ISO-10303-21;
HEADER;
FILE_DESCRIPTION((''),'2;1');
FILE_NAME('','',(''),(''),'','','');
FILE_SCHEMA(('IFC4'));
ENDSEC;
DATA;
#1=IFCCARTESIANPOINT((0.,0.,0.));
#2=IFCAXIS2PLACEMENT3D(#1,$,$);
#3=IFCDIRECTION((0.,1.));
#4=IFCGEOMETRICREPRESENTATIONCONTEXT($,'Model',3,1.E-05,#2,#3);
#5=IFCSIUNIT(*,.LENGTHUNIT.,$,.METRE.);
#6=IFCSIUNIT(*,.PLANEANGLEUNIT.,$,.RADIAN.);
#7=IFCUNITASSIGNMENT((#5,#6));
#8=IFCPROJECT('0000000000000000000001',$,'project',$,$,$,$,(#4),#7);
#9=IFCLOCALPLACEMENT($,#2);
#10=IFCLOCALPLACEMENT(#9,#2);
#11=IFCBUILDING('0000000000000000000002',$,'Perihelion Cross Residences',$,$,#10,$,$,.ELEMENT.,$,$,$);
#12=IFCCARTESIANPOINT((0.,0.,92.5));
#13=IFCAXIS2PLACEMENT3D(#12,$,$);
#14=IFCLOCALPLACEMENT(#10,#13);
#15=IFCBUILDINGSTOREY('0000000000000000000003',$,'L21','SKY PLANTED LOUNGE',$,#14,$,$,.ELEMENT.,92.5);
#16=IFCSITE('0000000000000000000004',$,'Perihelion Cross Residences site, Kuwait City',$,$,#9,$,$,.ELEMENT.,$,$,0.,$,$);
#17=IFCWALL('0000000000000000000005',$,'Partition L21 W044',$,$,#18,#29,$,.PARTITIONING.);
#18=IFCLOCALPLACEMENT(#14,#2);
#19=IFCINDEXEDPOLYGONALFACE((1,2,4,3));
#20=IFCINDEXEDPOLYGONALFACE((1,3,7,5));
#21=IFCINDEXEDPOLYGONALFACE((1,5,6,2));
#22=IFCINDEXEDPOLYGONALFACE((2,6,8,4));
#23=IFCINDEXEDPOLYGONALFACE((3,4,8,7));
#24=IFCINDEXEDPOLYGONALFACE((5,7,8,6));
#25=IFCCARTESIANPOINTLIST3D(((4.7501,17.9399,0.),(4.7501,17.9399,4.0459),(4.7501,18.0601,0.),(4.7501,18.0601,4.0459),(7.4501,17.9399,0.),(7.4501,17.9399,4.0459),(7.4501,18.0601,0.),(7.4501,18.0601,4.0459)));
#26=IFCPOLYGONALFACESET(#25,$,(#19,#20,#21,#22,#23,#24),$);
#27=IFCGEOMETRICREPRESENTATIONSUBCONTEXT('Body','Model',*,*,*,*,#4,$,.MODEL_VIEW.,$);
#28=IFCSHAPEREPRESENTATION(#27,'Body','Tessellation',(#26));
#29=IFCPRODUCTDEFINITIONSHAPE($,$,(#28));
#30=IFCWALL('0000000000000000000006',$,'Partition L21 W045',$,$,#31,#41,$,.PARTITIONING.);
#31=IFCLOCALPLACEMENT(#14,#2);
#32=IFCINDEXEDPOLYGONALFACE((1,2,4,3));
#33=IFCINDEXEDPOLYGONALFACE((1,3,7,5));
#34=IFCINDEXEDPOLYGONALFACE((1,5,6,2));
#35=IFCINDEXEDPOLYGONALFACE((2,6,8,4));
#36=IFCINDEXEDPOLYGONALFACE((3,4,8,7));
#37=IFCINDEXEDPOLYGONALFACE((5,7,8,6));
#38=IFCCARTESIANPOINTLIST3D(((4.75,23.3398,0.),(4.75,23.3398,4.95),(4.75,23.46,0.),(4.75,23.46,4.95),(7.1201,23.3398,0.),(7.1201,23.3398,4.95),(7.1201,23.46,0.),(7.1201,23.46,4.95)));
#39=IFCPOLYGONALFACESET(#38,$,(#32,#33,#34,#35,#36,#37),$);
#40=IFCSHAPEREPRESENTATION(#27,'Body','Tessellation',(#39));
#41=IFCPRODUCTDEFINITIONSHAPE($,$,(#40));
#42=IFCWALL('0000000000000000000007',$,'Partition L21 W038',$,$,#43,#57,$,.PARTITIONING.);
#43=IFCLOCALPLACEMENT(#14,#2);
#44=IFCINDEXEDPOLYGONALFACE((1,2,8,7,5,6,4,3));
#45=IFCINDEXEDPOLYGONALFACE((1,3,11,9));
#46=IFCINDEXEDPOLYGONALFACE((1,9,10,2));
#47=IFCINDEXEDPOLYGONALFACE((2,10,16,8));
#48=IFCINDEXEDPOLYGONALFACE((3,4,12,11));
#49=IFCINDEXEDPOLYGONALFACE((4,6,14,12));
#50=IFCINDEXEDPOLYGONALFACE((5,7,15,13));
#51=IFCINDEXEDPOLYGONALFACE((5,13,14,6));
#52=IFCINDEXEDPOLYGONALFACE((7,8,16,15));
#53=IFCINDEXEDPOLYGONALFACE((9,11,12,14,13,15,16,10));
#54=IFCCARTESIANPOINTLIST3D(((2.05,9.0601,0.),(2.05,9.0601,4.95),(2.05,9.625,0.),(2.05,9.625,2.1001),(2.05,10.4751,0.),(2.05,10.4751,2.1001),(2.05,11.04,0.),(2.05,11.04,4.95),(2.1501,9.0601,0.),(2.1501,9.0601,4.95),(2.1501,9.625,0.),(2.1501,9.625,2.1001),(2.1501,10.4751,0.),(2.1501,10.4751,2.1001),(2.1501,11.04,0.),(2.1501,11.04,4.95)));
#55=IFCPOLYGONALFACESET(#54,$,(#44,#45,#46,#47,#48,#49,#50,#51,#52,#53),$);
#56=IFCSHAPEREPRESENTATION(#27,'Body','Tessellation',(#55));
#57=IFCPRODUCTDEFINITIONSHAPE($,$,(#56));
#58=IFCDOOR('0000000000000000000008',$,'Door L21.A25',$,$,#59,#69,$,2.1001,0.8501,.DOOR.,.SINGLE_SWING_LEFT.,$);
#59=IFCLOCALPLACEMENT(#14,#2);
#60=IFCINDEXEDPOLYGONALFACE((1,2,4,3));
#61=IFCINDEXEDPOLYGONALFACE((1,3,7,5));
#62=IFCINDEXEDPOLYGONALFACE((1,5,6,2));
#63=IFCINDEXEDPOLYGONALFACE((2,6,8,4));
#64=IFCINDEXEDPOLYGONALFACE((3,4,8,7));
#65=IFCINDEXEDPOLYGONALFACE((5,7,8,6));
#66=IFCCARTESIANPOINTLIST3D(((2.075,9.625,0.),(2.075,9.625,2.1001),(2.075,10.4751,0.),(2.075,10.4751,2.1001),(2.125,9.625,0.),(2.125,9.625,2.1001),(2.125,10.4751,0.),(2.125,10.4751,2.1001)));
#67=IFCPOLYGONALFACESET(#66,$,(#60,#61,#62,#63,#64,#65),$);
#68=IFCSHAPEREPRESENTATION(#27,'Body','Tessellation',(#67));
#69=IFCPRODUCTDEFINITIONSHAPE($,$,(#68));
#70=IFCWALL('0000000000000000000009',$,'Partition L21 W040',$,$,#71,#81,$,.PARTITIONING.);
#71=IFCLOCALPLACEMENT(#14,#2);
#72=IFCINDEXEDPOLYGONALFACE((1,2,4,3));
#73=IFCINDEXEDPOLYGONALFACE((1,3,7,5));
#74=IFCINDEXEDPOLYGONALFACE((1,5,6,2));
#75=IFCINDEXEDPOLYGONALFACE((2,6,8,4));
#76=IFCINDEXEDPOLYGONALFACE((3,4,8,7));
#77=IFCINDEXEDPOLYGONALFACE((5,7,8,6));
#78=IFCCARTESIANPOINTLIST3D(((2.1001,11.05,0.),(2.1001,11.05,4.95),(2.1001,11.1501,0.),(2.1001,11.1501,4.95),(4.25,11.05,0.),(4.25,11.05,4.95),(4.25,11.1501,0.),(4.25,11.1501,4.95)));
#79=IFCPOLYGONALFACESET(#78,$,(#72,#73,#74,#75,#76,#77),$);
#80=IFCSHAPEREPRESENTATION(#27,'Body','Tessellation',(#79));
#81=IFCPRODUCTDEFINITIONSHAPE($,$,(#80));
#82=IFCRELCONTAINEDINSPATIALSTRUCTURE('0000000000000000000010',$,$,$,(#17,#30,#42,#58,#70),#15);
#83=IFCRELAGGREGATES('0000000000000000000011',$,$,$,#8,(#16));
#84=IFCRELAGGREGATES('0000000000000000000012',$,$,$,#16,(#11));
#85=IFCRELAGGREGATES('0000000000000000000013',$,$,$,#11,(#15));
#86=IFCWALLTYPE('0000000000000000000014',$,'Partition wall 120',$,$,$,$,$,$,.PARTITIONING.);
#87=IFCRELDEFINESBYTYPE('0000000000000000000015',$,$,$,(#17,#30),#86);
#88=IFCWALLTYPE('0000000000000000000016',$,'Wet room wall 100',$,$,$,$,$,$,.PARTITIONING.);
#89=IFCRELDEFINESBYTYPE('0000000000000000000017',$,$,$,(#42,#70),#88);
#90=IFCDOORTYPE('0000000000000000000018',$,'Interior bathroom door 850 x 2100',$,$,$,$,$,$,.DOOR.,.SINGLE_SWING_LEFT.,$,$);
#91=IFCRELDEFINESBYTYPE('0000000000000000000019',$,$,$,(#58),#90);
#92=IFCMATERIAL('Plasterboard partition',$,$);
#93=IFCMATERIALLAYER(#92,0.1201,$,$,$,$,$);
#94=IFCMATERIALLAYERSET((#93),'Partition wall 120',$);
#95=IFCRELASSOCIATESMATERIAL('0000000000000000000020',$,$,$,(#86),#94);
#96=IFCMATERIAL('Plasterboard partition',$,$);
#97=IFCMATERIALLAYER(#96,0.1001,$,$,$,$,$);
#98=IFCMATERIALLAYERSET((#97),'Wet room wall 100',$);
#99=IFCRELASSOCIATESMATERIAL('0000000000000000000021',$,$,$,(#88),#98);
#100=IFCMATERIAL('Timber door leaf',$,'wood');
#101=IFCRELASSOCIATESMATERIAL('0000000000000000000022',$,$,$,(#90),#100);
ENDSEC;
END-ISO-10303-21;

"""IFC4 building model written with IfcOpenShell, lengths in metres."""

from ifc_helpers import new_model, si_unit, direction, frame, frame_2d, origin, place, context, subcontext, project, spatial, rectangle, extrude, material, layer, layer_set, type_object, element, fill, save


model = new_model("IFC4")

# Units and contexts
model_context = context("Model", 3, precision=1e-05, world=origin(), true_north=direction((0.0, 1.0)))
body_context = subcontext(model_context, "Body", "Model", "MODEL_VIEW")
ifc_project = project(units=[si_unit("LENGTHUNIT", "METRE"), si_unit("PLANEANGLEUNIT", "RADIAN")], contexts=[model_context])

# Site, building, storey
site_placement = place(None, origin())
site = spatial("IfcSite", under=ifc_project, at=site_placement, Name="Perihelion Cross Residences site, Kuwait City", CompositionType="ELEMENT", RefElevation=0.0)
building_placement = place(site_placement, origin())
building = spatial("IfcBuilding", under=site, at=building_placement, Name="Perihelion Cross Residences", CompositionType="ELEMENT")
storey_placement = place(building_placement, frame((0.0, 0.0, 92.5)))
storey = spatial("IfcBuildingStorey", under=building, at=storey_placement, Name="L21", Description="SKY PLANTED LOUNGE", CompositionType="ELEMENT", Elevation=92.5)

# Walls
ifc_material_1 = material(Name="Plasterboard partition")
ifc_layer_1 = layer(ifc_material_1, 0.1201)
ifc_layer_set_1 = layer_set([ifc_layer_1], Name="Partition wall 120")
wall_type_1 = type_object("IfcWallType", Name="Partition wall 120", PredefinedType="PARTITIONING", material=ifc_layer_set_1)
wall_1_placement = place(storey_placement, frame((4.75, 18.0, 0.0), z_axis=(0.0, 0.0, 1.0), x_axis=(1.0, 0.0, 0.0)))
element("IfcWall", 1, at=wall_1_placement, inside=storey, type_object=wall_type_1, Name="Partition L21 W044", PredefinedType="PARTITIONING", context=body_context, shape_type="SweptSolid", body=[
    extrude(rectangle(XDim=2.7, YDim=0.1201, at=frame_2d((1.3501, 0.0))), origin(), (0.0, 0.0, 1.0), 4.0459),
])
wall_2_placement = place(storey_placement, frame((4.75, 23.3999, 0.0), z_axis=(0.0, 0.0, 1.0), x_axis=(1.0, 0.0, 0.0)))
element("IfcWall", 2, at=wall_2_placement, inside=storey, type_object=wall_type_1, Name="Partition L21 W045", PredefinedType="PARTITIONING", context=body_context, shape_type="SweptSolid", body=[
    extrude(rectangle(XDim=2.3701, YDim=0.1201, at=frame_2d((1.1851, 0.0))), origin(), (0.0, 0.0, 1.0), 4.95),
])

# Wall, opening, door
ifc_material_2 = material(Name="Plasterboard partition")
ifc_layer_2 = layer(ifc_material_2, 0.1001)
ifc_layer_set_2 = layer_set([ifc_layer_2], Name="Wet room wall 100")
wall_type_2 = type_object("IfcWallType", Name="Wet room wall 100", PredefinedType="PARTITIONING", material=ifc_layer_set_2)
wall_3_placement = place(storey_placement, frame((2.1001, 11.04, 0.0), z_axis=(0.0, 0.0, 1.0), x_axis=(0.0, -1.0, 0.0)))
wall_3 = element("IfcWall", 3, at=wall_3_placement, inside=storey, type_object=wall_type_2, Name="Partition L21 W038", PredefinedType="PARTITIONING", context=body_context, shape_type="SweptSolid", body=[
    extrude(rectangle(XDim=1.98, YDim=0.1001, at=frame_2d((0.99, 0.0))), origin(), (0.0, 0.0, 1.0), 4.95),
])
opening_1_placement = place(wall_3_placement, frame((0.5649, 0.0, 0.0)))
opening_1 = element("IfcOpeningElement", 4, at=opening_1_placement, cuts=wall_3, PredefinedType="OPENING", context=body_context, shape_type="SweptSolid", body=[
    extrude(rectangle(XDim=0.8501, YDim=2.1001, at=frame_2d((0.425, 1.05))), frame((0.0, 0.0601, 0.0), z_axis=(0.0, -1.0, 0.0), x_axis=(1.0, 0.0, 0.0)), (0.0, 0.0, 1.0), 0.1201),
])
ifc_material_3 = material(Name="Timber door leaf", Category="wood")
door_type_1 = type_object("IfcDoorType", Name="Interior bathroom door 850 x 2100", OperationType="SINGLE_SWING_LEFT", PredefinedType="DOOR", material=ifc_material_3)
door_1_placement = place(opening_1_placement, origin())
door_1 = element("IfcDoor", 5, at=door_1_placement, inside=storey, type_object=door_type_1, Name="Door L21.A25", OperationType="SINGLE_SWING_LEFT", OverallHeight=2.1001, OverallWidth=0.8501, PredefinedType="DOOR", context=body_context, shape_type="SweptSolid", body=[
    extrude(rectangle(XDim=0.8501, YDim=2.1001, at=frame_2d((0.425, 1.05))), frame((0.0, 0.0249, 0.0), z_axis=(0.0, -1.0, 0.0), x_axis=(1.0, 0.0, 0.0)), (0.0, 0.0, 1.0), 0.05),
])
fill(opening_1, door_1)

# Wall
wall_4_placement = place(storey_placement, frame((2.1001, 11.1001, 0.0), z_axis=(0.0, 0.0, 1.0), x_axis=(1.0, 0.0, 0.0)))
element("IfcWall", 6, at=wall_4_placement, inside=storey, type_object=wall_type_2, Name="Partition L21 W040", PredefinedType="PARTITIONING", context=body_context, shape_type="SweptSolid", body=[
    extrude(rectangle(XDim=2.1499, YDim=0.1001, at=frame_2d((1.075, 0.0))), origin(), (0.0, 0.0, 1.0), 4.95),
])

save(model, "model.ifc")
